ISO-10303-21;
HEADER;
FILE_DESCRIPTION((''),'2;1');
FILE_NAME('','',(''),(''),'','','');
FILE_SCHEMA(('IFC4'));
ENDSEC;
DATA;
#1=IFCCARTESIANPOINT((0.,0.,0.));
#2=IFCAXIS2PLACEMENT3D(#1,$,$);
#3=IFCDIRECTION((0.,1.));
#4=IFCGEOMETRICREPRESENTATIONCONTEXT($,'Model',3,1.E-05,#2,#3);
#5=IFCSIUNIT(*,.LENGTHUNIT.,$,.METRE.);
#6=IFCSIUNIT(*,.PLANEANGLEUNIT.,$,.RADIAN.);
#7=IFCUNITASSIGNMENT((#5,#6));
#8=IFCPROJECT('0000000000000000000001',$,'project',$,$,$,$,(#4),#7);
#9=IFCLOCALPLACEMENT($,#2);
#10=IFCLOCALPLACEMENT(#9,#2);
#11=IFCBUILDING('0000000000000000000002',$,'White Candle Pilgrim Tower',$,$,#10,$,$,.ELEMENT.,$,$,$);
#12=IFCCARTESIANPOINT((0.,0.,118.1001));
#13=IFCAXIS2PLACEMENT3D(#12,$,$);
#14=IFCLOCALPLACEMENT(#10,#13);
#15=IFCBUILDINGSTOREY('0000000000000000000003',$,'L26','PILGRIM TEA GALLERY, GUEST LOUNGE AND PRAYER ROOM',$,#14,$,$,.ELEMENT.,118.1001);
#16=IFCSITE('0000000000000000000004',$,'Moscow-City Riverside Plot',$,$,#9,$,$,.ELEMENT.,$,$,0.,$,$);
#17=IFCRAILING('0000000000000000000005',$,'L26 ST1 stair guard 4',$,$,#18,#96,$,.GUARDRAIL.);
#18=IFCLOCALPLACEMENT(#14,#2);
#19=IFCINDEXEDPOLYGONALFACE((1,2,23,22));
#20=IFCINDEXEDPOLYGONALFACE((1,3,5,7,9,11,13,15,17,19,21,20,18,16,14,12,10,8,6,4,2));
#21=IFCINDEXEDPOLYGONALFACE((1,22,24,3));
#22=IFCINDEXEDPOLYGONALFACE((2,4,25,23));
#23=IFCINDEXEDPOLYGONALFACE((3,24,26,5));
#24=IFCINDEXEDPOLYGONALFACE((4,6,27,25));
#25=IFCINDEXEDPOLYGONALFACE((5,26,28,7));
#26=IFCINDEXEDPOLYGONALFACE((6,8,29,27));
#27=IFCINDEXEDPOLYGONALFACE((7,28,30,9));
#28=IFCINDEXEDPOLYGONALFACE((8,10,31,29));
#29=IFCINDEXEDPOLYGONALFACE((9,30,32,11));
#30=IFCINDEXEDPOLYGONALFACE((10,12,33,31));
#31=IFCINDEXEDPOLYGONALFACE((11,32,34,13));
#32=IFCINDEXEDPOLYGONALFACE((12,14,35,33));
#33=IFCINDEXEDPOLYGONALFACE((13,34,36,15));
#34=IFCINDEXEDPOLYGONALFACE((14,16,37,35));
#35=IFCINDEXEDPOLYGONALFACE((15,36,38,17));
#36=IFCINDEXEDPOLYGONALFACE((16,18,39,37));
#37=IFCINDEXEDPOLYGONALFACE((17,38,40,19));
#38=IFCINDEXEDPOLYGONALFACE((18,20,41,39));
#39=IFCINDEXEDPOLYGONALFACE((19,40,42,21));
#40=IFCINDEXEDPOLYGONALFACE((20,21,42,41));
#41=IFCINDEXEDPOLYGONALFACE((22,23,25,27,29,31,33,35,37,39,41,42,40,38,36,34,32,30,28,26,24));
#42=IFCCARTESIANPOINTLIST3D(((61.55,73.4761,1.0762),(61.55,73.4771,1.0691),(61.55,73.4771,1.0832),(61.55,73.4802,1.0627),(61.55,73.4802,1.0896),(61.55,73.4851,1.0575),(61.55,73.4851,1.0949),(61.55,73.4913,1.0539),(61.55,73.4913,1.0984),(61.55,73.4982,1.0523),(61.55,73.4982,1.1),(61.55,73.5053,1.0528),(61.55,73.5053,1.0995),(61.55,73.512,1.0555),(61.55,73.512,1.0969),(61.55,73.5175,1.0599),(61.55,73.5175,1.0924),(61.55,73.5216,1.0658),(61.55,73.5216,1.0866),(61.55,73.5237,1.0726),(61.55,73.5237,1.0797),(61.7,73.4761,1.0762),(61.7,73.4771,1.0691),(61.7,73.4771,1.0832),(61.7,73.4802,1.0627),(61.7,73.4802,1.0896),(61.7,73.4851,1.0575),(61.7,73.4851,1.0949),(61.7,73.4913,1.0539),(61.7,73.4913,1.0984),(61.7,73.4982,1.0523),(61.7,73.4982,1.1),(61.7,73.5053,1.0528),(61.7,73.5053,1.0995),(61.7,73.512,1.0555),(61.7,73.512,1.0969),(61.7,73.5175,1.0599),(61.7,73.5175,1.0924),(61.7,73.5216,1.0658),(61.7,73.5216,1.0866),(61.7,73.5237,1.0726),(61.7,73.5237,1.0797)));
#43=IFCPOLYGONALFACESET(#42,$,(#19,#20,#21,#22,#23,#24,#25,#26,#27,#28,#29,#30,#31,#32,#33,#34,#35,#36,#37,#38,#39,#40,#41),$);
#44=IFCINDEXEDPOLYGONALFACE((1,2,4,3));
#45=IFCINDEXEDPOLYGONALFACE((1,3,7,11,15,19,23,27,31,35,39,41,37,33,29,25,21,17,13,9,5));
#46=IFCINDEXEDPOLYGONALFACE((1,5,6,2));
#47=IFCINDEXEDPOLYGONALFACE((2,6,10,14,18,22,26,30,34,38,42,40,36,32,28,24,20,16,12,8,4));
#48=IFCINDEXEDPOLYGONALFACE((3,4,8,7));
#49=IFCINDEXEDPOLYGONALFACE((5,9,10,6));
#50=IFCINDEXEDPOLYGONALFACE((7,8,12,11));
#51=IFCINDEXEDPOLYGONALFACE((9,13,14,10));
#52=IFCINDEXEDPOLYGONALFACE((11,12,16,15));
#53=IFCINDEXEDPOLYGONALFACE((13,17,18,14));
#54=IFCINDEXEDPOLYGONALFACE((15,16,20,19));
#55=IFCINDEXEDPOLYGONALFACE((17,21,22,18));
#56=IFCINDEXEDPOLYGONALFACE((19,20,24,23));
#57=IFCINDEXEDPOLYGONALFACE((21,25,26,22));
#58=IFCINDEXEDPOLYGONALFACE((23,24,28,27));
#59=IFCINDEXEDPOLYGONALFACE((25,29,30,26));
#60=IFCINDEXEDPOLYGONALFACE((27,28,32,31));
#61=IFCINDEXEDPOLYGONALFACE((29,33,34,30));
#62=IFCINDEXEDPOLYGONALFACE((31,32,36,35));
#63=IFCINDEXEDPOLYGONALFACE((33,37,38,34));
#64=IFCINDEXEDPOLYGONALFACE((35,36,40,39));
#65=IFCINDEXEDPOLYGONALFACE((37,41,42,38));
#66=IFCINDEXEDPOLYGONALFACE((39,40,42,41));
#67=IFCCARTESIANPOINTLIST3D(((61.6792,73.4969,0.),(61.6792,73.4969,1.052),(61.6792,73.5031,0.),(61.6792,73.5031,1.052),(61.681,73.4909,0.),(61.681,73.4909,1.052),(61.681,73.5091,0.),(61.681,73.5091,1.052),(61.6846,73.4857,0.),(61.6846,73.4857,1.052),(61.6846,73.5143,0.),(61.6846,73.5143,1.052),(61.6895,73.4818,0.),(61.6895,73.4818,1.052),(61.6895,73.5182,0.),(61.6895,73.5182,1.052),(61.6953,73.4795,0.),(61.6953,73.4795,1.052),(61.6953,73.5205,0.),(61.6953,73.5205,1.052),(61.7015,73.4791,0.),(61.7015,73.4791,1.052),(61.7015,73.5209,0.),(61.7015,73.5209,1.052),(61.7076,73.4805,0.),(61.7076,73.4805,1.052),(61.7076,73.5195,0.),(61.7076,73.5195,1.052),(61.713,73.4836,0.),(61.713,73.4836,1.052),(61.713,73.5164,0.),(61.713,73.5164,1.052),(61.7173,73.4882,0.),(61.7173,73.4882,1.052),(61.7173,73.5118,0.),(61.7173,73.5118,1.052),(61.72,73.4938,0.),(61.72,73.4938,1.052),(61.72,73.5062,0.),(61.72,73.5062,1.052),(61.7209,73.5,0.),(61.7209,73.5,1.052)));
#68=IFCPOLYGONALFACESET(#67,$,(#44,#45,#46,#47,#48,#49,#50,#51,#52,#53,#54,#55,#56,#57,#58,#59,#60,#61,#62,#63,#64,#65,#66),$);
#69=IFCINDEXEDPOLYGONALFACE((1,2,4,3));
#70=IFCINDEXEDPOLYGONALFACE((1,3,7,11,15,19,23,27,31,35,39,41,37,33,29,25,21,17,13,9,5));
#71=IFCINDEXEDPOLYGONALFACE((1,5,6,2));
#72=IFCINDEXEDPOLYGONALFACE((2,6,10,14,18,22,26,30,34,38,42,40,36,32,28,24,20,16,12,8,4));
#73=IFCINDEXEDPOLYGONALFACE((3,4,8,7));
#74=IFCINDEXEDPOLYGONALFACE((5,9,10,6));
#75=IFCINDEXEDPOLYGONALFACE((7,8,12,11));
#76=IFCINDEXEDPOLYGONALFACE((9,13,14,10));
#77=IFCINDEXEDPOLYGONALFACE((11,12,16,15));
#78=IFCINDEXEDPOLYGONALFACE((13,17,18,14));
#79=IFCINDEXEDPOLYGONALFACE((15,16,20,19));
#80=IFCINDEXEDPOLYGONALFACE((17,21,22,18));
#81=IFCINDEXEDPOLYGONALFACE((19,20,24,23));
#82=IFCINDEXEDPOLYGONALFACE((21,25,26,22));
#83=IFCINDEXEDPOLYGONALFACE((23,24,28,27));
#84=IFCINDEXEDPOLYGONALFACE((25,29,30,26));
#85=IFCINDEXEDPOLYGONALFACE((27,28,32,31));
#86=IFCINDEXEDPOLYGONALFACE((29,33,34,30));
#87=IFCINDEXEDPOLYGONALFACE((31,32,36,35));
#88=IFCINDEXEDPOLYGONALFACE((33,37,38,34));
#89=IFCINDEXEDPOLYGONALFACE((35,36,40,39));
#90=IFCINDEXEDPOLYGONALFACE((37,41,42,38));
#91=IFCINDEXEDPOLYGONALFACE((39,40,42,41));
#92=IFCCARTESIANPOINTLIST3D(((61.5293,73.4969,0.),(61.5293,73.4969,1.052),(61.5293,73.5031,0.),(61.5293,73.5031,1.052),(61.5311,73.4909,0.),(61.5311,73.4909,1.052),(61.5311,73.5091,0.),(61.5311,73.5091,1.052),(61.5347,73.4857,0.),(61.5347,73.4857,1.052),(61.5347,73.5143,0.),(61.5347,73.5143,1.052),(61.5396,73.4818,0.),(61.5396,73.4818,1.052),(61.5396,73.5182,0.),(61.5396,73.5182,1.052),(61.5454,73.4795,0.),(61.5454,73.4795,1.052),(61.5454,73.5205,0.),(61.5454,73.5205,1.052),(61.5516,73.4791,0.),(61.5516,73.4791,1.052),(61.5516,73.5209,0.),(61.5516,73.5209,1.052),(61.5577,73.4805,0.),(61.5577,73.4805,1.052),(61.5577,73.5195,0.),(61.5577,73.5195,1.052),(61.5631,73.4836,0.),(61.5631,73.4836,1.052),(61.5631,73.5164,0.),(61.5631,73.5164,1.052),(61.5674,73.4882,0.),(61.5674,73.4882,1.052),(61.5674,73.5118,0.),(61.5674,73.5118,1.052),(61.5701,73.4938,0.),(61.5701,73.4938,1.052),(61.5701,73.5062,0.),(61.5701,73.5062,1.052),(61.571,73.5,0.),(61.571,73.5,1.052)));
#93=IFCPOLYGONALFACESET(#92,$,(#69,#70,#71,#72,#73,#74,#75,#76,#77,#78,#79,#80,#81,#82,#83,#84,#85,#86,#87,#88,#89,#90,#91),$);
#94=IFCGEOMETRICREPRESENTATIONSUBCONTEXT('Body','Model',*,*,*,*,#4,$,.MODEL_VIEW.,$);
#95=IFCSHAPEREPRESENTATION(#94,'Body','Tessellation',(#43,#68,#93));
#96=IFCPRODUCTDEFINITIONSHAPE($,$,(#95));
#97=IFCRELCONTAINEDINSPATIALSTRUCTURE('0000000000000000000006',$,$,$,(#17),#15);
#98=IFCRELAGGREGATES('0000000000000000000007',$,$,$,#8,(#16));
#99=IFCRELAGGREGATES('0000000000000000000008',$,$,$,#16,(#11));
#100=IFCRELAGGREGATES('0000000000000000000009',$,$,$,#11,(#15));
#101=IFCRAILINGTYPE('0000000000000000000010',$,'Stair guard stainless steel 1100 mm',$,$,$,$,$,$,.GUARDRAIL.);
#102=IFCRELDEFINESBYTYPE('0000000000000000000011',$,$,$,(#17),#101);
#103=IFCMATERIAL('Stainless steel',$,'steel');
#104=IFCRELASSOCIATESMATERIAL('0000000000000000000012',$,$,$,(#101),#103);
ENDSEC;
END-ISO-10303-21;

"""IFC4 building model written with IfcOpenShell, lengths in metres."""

from ifc_helpers import new_model, si_unit, direction, frame, origin, origin_2d, place, context, subcontext, project, spatial, circle, extrude, material, type_object, element, save


model = new_model("IFC4")

# Units and contexts
model_context = context("Model", 3, precision=1e-05, world=origin(), true_north=direction((0.0, 1.0)))
body_context = subcontext(model_context, "Body", "Model", "MODEL_VIEW")
ifc_project = project(units=[si_unit("LENGTHUNIT", "METRE"), si_unit("PLANEANGLEUNIT", "RADIAN")], contexts=[model_context])

# Site, building, storey
site_placement = place(None, origin())
site = spatial("IfcSite", under=ifc_project, at=site_placement, Name="Moscow-City Riverside Plot", CompositionType="ELEMENT", RefElevation=0.0)
building_placement = place(site_placement, origin())
building = spatial("IfcBuilding", under=site, at=building_placement, Name="White Candle Pilgrim Tower", CompositionType="ELEMENT")
storey_placement = place(building_placement, frame((0.0, 0.0, 118.1001)))
storey = spatial("IfcBuildingStorey", under=building, at=storey_placement, Name="L26", Description="PILGRIM TEA GALLERY, GUEST LOUNGE AND PRAYER ROOM", CompositionType="ELEMENT", Elevation=118.1001)

# Shared definitions
ifc_material_1 = material(Name="Stainless steel", Category="steel")

# Railing
railing_type_1 = type_object("IfcRailingType", Name="Stair guard stainless steel 1100 mm", PredefinedType="GUARDRAIL", material=ifc_material_1)
railing_1_placement = place(storey_placement, frame((61.7, 73.5, 0.0)))
element("IfcRailing", 1, at=railing_1_placement, inside=storey, type_object=railing_type_1, Name="L26 ST1 stair guard 4", PredefinedType="GUARDRAIL", context=body_context, shape_type="SweptSolid", body=[
    extrude(circle(Radius=0.0239, at=origin_2d()), frame((0.0, 0.0, 1.0762), z_axis=(-1.0, 0.0, 0.0), x_axis=(0.0, -1.0, 0.0)), (0.0, 0.0, 1.0), 0.1499),
    extrude(circle(Radius=0.021, at=origin_2d()), origin(), (0.0, 0.0, 1.0), 1.052),
    extrude(circle(Radius=0.021, at=origin_2d()), frame((-0.1499, 0.0, 0.0)), (0.0, 0.0, 1.0), 1.052),
])

save(model, "model.ifc")
